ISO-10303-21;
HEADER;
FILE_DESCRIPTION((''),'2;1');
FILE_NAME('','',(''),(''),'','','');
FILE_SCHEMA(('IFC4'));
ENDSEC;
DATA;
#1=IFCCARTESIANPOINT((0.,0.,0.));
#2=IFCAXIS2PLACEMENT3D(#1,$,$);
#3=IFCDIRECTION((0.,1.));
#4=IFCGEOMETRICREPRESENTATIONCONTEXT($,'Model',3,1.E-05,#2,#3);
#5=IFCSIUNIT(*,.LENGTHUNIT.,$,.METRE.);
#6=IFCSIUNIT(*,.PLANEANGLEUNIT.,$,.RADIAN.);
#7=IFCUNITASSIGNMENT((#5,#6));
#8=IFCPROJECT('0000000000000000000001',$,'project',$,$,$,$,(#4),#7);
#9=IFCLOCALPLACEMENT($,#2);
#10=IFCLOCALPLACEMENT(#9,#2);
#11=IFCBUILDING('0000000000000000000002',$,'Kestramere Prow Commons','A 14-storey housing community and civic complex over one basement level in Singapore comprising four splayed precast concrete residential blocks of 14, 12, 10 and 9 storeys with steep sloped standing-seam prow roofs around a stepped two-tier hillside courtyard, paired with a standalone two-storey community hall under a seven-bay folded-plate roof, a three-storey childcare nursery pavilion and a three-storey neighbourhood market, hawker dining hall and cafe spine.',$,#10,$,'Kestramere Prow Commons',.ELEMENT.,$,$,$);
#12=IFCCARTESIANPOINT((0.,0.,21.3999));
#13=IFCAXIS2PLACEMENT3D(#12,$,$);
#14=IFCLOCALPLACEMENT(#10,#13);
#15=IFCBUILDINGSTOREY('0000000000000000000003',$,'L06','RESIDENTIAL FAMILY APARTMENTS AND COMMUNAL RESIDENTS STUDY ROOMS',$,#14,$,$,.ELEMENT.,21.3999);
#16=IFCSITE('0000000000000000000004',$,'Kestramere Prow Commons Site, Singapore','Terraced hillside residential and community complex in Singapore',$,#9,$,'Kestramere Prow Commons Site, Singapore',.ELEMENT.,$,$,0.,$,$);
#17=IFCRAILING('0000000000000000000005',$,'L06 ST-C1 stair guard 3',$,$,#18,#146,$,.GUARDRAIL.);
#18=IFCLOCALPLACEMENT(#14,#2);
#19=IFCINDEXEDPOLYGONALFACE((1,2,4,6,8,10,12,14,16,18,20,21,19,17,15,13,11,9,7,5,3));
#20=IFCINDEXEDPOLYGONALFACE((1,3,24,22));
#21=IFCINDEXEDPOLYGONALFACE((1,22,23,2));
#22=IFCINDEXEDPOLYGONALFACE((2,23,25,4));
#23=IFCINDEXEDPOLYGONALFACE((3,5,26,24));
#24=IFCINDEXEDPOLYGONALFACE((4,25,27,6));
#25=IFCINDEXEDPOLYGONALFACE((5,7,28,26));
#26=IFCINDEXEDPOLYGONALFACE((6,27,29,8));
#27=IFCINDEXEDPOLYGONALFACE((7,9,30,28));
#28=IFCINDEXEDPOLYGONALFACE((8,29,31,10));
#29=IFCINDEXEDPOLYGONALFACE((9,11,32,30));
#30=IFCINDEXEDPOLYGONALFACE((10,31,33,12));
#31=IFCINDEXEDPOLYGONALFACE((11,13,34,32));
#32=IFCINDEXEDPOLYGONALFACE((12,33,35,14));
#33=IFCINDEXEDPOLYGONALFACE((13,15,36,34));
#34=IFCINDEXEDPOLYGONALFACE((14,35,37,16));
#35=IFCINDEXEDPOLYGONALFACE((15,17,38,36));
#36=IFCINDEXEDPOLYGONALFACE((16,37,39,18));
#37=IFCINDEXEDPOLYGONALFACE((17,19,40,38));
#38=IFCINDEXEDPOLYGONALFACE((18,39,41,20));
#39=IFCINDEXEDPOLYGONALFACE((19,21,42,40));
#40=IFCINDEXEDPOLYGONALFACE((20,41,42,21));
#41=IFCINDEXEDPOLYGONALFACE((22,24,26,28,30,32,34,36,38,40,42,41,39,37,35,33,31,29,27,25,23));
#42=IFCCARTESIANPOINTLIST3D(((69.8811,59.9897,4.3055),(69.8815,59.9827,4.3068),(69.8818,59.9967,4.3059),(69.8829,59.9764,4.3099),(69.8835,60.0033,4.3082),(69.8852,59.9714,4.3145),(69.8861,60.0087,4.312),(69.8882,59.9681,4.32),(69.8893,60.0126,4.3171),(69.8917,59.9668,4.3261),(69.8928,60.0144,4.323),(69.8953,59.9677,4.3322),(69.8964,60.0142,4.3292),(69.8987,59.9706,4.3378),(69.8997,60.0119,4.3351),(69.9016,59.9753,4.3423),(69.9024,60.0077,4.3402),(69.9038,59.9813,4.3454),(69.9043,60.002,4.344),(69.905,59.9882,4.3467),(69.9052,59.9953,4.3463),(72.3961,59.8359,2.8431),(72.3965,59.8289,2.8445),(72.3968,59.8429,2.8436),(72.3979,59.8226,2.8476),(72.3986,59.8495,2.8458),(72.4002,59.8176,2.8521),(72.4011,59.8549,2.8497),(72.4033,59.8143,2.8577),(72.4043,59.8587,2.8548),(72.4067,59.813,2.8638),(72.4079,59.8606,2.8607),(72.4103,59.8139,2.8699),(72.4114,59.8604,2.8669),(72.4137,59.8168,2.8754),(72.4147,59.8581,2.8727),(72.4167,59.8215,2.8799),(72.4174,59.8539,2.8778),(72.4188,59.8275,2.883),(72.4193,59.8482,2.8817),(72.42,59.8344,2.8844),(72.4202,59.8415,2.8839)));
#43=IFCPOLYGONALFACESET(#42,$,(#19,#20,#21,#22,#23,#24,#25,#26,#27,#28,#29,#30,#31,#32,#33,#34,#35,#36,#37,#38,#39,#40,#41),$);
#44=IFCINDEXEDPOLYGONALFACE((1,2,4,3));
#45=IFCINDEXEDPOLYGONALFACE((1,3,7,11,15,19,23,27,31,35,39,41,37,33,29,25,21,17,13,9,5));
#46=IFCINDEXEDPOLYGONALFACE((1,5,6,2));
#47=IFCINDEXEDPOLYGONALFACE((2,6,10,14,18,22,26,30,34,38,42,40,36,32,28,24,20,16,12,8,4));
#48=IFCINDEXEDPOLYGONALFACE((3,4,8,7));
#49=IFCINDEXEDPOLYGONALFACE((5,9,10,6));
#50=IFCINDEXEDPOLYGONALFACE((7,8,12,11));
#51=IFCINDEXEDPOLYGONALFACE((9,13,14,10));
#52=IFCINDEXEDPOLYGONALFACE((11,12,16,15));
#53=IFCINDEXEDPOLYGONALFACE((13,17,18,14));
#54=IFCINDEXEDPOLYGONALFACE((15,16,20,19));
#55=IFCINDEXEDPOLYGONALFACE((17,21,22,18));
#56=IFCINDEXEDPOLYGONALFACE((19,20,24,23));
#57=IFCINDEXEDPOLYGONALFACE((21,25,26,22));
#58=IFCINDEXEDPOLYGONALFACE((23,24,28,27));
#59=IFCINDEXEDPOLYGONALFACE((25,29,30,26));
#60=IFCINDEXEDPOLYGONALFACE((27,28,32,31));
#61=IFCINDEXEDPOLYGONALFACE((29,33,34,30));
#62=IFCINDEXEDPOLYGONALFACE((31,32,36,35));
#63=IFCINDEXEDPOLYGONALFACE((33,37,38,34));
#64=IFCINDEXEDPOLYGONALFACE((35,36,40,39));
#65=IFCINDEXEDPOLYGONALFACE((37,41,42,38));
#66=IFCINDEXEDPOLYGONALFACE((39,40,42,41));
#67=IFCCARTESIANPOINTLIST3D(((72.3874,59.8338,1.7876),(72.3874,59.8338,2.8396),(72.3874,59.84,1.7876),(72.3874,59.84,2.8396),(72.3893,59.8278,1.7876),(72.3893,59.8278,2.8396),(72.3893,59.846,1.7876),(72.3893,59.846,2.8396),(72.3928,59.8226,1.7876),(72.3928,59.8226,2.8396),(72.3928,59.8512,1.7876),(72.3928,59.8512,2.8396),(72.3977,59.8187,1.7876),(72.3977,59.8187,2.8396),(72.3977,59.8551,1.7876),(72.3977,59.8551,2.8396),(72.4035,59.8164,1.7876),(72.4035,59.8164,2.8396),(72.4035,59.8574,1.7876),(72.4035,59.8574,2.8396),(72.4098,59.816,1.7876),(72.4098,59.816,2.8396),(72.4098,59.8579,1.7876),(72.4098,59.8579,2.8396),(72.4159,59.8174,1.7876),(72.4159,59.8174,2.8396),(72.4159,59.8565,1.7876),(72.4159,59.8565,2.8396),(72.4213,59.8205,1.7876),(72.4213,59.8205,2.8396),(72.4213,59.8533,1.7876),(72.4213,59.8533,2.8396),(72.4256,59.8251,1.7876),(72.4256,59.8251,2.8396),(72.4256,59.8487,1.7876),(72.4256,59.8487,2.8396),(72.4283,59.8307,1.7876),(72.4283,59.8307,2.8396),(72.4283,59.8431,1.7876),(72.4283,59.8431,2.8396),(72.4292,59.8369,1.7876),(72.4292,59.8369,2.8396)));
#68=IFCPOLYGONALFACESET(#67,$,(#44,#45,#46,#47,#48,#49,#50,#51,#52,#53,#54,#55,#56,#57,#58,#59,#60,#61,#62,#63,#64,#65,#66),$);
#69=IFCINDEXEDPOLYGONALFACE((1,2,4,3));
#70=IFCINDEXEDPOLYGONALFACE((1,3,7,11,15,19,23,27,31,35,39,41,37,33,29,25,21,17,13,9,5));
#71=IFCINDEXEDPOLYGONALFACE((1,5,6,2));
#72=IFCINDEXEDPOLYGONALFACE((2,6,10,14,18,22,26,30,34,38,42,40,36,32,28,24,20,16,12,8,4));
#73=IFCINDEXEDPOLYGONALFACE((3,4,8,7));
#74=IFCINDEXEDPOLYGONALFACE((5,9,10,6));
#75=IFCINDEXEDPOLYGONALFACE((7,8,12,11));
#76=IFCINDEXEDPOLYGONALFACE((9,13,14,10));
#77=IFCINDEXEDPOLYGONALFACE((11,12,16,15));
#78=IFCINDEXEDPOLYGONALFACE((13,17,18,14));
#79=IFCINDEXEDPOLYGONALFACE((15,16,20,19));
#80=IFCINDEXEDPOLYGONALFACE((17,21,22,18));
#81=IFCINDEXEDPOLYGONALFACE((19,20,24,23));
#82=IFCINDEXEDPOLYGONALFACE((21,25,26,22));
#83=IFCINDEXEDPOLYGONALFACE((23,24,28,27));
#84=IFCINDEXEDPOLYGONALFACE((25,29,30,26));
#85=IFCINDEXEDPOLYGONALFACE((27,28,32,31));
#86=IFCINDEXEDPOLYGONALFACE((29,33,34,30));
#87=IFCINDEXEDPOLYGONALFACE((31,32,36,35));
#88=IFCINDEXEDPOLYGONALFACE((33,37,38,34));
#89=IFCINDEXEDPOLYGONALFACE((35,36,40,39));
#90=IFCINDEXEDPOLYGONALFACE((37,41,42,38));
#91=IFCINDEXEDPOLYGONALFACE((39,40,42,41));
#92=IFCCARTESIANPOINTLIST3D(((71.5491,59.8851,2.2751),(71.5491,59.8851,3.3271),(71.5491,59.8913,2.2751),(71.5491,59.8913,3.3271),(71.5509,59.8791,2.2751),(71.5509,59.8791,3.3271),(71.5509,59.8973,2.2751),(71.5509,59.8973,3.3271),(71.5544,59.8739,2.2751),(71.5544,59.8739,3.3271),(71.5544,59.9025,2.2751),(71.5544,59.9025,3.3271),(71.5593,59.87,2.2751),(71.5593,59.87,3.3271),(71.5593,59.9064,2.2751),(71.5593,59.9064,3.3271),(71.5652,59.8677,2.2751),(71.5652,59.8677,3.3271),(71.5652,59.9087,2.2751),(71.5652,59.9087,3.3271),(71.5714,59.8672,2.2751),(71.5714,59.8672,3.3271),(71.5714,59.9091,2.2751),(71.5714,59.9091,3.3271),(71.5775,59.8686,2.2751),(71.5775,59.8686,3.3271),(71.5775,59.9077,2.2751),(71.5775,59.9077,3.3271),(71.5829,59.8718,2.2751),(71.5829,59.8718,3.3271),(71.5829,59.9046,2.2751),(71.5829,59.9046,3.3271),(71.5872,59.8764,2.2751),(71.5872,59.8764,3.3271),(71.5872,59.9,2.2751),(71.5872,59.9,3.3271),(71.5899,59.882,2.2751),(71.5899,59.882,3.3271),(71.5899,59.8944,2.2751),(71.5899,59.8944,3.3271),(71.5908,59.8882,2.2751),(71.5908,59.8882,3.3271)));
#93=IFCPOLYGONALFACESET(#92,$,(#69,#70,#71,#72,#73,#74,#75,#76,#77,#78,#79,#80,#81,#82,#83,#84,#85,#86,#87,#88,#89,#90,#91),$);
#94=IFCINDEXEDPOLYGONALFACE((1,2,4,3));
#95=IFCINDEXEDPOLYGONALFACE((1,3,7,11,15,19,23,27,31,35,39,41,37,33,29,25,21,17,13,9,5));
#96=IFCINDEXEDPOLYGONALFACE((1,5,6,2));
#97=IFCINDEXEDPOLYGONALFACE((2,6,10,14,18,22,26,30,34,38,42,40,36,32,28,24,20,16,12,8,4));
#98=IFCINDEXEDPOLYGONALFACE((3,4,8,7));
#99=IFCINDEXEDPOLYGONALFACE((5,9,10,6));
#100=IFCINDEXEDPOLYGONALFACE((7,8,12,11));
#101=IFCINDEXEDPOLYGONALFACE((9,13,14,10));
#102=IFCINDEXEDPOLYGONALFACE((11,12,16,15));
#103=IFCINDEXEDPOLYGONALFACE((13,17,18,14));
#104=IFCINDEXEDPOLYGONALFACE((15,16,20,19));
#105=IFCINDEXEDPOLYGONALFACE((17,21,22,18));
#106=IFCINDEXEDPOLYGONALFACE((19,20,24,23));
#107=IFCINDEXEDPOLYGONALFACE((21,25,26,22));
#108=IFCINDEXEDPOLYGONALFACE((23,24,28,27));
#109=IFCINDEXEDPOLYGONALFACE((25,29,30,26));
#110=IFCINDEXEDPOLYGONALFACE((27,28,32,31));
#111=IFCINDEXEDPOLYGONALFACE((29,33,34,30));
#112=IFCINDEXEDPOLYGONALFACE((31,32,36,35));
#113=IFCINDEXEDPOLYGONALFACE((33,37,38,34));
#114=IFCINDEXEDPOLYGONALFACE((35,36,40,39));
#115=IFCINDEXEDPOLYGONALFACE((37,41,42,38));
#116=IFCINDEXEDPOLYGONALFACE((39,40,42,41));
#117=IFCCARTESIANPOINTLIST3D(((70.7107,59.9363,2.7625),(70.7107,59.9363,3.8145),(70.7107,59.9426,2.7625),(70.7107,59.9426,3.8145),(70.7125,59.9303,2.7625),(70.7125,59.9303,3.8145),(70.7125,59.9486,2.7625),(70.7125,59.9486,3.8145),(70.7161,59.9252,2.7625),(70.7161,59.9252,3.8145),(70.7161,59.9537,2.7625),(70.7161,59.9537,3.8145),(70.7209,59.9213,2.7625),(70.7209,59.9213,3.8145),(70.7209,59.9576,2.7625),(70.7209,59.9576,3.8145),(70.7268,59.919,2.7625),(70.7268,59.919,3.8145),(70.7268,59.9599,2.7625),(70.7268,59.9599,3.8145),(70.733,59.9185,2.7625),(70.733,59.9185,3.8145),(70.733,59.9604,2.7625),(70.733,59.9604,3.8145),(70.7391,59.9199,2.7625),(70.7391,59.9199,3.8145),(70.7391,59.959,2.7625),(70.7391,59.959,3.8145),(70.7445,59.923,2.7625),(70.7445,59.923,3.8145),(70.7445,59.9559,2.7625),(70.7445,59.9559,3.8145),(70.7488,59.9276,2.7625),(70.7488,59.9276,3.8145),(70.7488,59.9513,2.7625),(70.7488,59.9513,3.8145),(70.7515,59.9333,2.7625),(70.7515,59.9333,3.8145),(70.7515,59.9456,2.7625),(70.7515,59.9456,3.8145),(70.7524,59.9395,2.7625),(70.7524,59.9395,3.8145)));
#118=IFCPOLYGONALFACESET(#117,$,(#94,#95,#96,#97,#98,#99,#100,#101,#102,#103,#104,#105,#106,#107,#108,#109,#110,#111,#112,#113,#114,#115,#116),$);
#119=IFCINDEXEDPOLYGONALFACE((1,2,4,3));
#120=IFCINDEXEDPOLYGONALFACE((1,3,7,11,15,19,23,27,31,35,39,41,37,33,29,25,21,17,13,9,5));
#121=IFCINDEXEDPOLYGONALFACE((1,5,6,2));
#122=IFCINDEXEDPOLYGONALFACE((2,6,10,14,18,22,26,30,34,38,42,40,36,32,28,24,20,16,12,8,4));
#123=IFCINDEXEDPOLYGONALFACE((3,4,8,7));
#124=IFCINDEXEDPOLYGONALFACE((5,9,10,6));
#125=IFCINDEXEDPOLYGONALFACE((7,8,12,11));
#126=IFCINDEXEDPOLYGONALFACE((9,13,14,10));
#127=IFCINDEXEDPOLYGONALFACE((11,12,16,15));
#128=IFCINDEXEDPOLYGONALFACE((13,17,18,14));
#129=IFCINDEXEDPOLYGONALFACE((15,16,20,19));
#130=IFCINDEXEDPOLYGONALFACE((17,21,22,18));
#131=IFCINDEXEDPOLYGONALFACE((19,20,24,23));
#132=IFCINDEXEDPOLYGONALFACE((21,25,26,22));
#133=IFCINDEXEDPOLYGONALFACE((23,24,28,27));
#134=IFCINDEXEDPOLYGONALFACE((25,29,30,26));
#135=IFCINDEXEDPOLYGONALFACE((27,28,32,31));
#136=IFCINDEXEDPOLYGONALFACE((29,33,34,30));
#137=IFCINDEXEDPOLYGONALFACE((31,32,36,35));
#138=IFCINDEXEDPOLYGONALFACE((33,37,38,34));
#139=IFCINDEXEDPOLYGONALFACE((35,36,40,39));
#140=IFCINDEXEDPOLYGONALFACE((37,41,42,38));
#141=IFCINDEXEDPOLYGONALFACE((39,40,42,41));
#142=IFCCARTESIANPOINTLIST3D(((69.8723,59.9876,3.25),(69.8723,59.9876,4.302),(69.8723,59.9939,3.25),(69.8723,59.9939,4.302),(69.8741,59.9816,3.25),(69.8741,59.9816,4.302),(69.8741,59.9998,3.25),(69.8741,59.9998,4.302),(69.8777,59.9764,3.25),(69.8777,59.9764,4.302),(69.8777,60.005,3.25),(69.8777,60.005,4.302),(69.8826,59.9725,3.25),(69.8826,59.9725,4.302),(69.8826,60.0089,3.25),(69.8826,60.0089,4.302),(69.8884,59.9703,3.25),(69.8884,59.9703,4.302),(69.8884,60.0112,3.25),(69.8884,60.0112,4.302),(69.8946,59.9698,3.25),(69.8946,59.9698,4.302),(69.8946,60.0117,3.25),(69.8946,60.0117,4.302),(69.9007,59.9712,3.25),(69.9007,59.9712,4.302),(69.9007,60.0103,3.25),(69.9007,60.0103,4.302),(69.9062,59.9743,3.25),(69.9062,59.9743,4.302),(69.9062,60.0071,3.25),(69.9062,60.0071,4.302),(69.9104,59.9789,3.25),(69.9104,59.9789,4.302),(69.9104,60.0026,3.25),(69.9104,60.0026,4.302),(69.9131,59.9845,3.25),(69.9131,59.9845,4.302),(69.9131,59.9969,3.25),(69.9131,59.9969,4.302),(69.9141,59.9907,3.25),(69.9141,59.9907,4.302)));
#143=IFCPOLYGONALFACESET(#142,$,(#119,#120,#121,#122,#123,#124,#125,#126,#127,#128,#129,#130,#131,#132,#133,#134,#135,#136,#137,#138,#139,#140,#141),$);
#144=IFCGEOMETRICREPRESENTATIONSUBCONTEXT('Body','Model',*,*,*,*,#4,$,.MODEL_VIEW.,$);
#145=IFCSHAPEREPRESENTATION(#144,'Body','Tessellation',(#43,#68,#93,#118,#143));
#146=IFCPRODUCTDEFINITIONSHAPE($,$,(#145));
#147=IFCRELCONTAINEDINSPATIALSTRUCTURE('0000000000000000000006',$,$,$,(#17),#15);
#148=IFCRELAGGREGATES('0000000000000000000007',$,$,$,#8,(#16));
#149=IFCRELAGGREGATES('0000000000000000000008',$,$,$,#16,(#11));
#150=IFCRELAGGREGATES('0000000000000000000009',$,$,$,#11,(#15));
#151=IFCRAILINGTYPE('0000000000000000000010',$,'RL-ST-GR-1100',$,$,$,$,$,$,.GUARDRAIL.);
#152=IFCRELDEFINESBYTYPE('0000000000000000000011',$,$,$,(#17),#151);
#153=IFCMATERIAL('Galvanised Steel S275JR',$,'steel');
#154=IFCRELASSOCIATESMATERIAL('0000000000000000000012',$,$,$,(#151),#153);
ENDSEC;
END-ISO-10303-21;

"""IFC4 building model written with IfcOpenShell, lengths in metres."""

from ifc_helpers import new_model, si_unit, direction, frame, origin, origin_2d, place, context, subcontext, project, spatial, circle, extrude, material, type_object, element, save


model = new_model("IFC4")

# Units and contexts
model_context = context("Model", 3, precision=1e-05, world=origin(), true_north=direction((0.0, 1.0)))
body_context = subcontext(model_context, "Body", "Model", "MODEL_VIEW")
ifc_project = project(units=[si_unit("LENGTHUNIT", "METRE"), si_unit("PLANEANGLEUNIT", "RADIAN")], contexts=[model_context])

# Site, building, storey
site_placement = place(None, origin())
site = spatial("IfcSite", under=ifc_project, at=site_placement, Name="Kestramere Prow Commons Site, Singapore", Description="Terraced hillside residential and community complex in Singapore", LongName="Kestramere Prow Commons Site, Singapore", CompositionType="ELEMENT", RefElevation=0.0)
building_placement = place(site_placement, origin())
building = spatial("IfcBuilding", under=site, at=building_placement, Name="Kestramere Prow Commons", Description="A 14-storey housing community and civic complex over one basement level in Singapore comprising four splayed precast concrete residential blocks of 14, 12, 10 and 9 storeys with steep sloped standing-seam prow roofs around a stepped two-tier hillside courtyard, paired with a standalone two-storey community hall under a seven-bay folded-plate roof, a three-storey childcare nursery pavilion and a three-storey neighbourhood market, hawker dining hall and cafe spine.", LongName="Kestramere Prow Commons", CompositionType="ELEMENT")
storey_placement = place(building_placement, frame((0.0, 0.0, 21.3999)))
storey = spatial("IfcBuildingStorey", under=building, at=storey_placement, Name="L06", Description="RESIDENTIAL FAMILY APARTMENTS AND COMMUNAL RESIDENTS STUDY ROOMS", CompositionType="ELEMENT", Elevation=21.3999)

# Railing
ifc_material_1 = material(Name="Galvanised Steel S275JR", Category="steel")
railing_type_1 = type_object("IfcRailingType", Name="RL-ST-GR-1100", PredefinedType="GUARDRAIL", material=ifc_material_1)
railing_1_placement = place(storey_placement, frame((72.4082, 59.8369, 1.7876)))
element("IfcRailing", 1, at=railing_1_placement, inside=storey, type_object=railing_type_1, Name="L06 ST-C1 stair guard 3", PredefinedType="GUARDRAIL", context=body_context, shape_type="SweptSolid", body=[
    extrude(circle(Radius=0.0239, at=origin_2d()), frame((0.0, 0.0, 1.0762), z_axis=(-0.863285, 0.052793, 0.501949), x_axis=(-0.061039, -0.998135, 0.0)), (0.0, 0.0, 1.0), 2.9133),
    extrude(circle(Radius=0.021, at=origin_2d()), origin(), (0.0, 0.0, 1.0), 1.052),
    extrude(circle(Radius=0.021, at=origin_2d()), frame((-0.8384, 0.0513, 0.4875)), (0.0, 0.0, 1.0), 1.052),
    extrude(circle(Radius=0.021, at=origin_2d()), frame((-1.6768, 0.1025, 0.9749)), (0.0, 0.0, 1.0), 1.052),
    extrude(circle(Radius=0.021, at=origin_2d()), frame((-2.5151, 0.1538, 1.4624)), (0.0, 0.0, 1.0), 1.052),
])

save(model, "model.ifc")
